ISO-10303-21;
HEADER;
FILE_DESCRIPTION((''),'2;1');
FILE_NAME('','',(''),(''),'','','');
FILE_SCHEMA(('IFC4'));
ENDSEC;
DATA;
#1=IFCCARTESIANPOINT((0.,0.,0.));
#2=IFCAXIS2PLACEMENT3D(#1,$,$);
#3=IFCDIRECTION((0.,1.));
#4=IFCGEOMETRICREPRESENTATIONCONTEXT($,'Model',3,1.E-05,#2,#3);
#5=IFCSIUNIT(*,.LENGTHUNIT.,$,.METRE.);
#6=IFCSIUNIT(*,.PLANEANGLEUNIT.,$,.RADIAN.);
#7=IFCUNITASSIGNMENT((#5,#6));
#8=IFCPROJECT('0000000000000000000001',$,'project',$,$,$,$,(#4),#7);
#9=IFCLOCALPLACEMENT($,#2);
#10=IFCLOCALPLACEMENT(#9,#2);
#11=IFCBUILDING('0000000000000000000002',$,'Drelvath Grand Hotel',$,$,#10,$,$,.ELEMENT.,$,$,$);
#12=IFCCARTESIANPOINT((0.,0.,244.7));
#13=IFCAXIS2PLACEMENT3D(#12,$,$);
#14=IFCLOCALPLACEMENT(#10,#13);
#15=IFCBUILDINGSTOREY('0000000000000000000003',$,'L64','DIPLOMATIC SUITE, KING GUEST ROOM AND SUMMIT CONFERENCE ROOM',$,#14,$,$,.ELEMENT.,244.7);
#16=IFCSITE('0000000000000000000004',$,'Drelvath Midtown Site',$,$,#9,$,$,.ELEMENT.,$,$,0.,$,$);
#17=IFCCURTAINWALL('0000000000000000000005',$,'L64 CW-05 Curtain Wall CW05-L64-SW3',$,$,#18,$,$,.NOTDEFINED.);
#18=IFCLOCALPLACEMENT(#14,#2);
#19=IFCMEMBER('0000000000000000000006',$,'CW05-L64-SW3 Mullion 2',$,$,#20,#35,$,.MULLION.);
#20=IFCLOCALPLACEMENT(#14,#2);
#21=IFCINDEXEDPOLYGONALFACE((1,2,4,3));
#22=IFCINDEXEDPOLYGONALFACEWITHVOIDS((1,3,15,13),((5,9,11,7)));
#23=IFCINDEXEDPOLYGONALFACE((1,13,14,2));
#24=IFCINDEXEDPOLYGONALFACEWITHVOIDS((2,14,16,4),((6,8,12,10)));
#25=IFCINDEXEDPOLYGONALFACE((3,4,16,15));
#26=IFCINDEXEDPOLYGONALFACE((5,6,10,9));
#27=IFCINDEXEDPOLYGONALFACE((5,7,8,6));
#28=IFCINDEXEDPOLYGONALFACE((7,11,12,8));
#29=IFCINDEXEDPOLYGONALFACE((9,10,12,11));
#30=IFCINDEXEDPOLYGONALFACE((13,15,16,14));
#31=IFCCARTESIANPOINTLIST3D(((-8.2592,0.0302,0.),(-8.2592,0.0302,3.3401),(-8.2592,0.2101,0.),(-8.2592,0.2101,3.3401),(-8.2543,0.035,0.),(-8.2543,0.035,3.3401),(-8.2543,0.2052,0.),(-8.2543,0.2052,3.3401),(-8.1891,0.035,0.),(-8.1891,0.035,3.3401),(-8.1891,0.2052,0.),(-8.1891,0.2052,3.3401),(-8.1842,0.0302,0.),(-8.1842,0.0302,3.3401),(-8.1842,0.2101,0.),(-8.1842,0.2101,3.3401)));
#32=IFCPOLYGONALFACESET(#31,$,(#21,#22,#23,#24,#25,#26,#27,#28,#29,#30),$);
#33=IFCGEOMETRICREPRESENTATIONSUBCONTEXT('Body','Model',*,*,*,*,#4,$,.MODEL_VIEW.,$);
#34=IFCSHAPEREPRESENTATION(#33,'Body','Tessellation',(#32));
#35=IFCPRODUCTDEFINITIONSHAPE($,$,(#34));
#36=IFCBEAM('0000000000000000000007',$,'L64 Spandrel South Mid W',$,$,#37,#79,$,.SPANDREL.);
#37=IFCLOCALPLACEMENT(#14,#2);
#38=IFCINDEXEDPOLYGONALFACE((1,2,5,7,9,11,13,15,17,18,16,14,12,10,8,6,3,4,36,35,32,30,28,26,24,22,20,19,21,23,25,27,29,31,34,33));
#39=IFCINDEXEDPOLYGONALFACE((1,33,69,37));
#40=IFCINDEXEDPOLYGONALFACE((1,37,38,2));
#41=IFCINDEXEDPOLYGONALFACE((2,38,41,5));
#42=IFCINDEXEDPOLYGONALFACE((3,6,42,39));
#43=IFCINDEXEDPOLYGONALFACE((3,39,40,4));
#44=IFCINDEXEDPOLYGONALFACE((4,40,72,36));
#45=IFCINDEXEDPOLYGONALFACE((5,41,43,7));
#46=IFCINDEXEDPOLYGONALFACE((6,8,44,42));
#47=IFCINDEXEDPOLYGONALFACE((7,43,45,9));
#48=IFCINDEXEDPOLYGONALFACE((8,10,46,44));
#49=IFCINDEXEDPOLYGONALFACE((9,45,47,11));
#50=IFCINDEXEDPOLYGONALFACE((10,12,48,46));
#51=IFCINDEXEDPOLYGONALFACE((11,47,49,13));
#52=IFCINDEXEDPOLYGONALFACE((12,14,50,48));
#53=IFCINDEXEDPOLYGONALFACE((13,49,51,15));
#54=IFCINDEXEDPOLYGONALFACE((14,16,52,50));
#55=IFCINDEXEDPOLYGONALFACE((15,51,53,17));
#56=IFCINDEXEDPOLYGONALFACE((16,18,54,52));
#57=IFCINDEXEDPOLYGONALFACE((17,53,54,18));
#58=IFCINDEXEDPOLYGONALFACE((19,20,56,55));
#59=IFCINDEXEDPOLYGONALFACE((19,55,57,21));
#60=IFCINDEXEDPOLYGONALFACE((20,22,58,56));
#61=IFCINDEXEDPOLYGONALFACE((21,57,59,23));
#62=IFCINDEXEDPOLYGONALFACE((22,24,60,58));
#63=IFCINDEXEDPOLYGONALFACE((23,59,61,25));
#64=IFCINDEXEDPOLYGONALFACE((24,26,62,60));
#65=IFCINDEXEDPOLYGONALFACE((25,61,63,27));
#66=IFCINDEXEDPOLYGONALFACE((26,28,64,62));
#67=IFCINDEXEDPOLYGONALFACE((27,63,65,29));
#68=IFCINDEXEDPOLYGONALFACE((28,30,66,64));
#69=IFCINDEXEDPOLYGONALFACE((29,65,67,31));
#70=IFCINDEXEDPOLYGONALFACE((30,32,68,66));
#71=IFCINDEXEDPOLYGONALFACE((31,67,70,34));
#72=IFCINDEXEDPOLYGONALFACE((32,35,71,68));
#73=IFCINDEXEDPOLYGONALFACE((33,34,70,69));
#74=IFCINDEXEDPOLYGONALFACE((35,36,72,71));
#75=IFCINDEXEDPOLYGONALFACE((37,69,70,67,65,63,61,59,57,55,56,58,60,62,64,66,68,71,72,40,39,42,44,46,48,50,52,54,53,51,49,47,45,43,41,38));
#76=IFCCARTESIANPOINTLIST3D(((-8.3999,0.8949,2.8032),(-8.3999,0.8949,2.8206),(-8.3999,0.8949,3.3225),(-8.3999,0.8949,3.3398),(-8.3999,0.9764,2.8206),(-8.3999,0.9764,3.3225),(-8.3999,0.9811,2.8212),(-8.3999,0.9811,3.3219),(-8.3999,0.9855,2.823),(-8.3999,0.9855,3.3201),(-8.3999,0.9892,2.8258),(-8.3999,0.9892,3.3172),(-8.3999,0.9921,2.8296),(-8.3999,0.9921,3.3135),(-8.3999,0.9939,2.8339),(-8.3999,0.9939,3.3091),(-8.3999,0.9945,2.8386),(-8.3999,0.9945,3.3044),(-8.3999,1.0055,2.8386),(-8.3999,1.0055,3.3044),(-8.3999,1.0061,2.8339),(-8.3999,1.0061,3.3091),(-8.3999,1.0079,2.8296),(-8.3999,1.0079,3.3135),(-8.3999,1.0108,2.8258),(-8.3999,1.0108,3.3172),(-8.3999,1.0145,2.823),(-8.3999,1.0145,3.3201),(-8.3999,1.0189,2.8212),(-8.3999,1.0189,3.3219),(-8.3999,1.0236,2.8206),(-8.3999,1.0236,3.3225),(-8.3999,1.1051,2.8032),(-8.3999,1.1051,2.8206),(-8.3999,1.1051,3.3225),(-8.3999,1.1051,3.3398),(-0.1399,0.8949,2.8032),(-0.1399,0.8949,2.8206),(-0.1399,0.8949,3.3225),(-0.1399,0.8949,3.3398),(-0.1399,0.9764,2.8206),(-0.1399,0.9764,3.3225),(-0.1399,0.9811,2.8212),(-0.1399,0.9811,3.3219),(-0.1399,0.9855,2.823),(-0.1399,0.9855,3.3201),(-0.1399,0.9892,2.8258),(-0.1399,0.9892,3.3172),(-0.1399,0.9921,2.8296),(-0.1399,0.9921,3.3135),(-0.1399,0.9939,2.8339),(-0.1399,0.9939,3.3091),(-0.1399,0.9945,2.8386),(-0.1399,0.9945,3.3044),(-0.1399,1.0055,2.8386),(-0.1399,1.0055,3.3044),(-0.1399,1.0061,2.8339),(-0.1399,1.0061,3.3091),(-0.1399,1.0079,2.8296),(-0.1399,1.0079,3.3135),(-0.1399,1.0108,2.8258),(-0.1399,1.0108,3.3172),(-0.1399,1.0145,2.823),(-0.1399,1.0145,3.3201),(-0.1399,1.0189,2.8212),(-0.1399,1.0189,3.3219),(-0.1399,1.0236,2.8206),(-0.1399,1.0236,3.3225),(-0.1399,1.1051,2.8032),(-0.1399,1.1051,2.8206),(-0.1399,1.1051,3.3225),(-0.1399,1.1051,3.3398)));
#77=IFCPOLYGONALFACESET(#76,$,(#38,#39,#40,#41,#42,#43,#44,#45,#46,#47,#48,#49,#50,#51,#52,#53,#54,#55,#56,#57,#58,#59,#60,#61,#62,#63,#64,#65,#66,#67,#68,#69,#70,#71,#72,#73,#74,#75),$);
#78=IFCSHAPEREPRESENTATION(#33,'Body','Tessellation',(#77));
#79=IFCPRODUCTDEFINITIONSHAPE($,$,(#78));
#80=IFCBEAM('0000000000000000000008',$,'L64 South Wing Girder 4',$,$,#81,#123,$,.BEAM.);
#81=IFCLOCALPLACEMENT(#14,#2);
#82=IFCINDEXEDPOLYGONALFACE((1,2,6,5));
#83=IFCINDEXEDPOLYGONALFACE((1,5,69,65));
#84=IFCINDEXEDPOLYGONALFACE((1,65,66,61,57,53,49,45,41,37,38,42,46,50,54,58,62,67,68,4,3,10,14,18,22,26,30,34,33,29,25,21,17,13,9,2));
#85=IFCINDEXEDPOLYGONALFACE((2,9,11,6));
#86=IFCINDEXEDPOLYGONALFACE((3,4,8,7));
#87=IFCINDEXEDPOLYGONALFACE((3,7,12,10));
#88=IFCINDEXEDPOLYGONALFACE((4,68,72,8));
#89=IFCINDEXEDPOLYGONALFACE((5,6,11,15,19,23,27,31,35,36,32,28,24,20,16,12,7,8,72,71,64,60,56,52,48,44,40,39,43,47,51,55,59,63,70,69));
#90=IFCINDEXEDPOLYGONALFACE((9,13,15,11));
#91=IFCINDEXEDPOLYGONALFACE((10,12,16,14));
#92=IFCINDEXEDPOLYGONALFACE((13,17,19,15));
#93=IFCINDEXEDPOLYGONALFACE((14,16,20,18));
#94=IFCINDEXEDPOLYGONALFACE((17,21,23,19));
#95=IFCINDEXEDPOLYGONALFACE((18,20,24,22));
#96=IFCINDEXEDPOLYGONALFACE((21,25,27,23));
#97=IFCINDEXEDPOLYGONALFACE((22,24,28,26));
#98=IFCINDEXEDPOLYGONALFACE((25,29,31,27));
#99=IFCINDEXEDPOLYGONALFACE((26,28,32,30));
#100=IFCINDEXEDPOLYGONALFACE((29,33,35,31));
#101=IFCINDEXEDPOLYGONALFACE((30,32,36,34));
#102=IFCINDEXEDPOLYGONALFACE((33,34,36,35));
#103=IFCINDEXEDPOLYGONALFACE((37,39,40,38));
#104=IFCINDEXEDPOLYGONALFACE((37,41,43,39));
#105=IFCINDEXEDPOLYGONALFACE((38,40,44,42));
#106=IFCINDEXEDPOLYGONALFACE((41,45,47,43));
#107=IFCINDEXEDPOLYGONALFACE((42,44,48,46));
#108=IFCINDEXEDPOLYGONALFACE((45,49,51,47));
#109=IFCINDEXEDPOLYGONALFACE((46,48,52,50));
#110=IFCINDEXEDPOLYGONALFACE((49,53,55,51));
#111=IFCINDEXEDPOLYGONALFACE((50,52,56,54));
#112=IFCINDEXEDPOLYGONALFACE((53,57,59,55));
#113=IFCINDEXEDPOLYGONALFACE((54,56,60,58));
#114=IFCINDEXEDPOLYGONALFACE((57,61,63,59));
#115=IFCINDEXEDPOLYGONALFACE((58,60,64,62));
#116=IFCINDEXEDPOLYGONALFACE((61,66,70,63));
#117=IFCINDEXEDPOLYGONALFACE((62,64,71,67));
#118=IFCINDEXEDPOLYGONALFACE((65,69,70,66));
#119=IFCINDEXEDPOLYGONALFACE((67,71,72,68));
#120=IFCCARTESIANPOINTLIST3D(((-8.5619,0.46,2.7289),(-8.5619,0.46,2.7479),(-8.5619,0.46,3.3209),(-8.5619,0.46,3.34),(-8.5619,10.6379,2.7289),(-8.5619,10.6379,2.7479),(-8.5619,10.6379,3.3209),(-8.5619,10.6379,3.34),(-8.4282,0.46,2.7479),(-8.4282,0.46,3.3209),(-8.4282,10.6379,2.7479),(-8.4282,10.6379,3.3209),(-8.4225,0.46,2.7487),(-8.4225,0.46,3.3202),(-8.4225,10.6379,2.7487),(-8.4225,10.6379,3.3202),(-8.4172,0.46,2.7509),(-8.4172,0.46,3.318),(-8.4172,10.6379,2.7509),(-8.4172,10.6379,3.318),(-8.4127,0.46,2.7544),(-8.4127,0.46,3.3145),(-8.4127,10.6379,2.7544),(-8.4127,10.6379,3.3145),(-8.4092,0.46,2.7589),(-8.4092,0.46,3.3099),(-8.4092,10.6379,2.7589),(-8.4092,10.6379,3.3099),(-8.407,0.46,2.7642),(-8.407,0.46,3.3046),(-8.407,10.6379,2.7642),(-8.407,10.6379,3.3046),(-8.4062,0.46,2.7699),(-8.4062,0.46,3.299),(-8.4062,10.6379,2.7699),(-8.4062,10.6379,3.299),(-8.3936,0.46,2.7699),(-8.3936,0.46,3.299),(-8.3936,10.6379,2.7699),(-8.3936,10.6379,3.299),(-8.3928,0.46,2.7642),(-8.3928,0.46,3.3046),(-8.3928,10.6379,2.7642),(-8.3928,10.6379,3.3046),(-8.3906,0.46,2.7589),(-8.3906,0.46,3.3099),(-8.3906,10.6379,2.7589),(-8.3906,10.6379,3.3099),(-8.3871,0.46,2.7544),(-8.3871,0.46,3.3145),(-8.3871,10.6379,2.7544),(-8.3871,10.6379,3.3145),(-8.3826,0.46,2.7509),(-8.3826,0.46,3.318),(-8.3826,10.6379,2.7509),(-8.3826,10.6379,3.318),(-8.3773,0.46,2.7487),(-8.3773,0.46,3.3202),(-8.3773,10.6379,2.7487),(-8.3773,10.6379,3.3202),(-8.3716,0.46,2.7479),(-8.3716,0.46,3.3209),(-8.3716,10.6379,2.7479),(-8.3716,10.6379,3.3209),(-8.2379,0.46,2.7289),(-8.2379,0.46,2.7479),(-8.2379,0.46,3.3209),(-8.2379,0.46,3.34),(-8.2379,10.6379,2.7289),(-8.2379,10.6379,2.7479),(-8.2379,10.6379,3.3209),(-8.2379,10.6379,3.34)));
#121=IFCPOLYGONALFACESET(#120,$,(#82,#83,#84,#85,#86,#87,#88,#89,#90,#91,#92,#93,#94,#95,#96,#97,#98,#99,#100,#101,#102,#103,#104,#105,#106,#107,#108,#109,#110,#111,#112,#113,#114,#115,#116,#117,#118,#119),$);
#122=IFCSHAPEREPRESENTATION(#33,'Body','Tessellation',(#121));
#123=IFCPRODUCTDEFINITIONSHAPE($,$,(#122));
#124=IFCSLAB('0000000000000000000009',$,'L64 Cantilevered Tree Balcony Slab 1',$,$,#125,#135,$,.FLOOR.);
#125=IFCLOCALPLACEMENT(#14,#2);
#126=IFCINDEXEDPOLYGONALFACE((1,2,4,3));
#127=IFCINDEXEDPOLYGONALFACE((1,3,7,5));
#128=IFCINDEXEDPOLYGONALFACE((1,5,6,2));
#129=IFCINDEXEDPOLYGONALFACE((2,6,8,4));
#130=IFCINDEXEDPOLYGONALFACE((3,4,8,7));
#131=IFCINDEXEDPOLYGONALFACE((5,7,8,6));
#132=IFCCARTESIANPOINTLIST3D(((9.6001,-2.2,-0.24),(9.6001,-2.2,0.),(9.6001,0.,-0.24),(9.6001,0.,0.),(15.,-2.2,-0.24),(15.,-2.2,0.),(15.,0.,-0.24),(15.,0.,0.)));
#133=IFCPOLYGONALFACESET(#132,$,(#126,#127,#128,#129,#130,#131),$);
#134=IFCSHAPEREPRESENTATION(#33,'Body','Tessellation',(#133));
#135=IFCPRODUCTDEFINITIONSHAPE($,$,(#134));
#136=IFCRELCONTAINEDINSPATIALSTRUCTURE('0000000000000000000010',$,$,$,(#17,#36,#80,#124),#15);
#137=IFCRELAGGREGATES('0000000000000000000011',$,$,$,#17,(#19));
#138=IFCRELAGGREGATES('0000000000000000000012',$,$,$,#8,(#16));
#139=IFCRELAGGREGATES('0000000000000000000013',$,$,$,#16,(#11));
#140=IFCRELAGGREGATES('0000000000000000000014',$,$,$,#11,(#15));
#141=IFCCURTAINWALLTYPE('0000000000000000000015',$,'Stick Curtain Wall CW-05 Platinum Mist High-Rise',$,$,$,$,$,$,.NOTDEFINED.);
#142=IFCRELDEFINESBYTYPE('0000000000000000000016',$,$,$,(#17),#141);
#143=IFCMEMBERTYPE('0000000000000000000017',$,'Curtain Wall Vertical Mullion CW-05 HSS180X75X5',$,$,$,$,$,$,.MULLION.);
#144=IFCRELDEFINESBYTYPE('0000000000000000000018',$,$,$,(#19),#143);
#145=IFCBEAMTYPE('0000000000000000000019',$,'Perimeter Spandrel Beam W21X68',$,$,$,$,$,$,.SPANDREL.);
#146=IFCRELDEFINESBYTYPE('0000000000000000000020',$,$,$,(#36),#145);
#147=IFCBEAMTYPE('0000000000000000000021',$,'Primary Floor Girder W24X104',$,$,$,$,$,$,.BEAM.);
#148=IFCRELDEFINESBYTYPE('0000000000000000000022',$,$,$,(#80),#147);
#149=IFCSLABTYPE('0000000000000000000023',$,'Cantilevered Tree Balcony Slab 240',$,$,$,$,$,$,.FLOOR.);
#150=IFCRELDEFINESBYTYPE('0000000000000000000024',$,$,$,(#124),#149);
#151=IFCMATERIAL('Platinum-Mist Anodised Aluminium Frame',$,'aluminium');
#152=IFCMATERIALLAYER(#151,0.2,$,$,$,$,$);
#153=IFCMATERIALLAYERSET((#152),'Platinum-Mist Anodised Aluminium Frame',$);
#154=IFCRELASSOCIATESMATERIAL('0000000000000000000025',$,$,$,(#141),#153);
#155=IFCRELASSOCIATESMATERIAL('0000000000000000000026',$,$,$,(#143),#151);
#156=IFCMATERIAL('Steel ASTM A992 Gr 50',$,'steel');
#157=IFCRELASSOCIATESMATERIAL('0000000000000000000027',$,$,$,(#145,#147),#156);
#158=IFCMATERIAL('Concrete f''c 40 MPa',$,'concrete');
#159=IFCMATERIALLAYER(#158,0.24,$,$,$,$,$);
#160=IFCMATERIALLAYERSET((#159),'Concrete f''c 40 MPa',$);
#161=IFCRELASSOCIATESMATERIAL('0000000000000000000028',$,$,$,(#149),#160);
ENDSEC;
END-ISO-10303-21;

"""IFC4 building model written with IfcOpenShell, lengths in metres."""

from ifc_helpers import new_model, si_unit, direction, frame, origin, origin_2d, place, context, subcontext, project, spatial, polyline, hollow_rectangle, i_section, outline, extrude, material, layer, layer_set, material_profile, profile_set, type_object, element, aggregate, save


model = new_model("IFC4")

# Units and contexts
model_context = context("Model", 3, precision=1e-05, world=origin(), true_north=direction((0.0, 1.0)))
body_context = subcontext(model_context, "Body", "Model", "MODEL_VIEW")
ifc_project = project(units=[si_unit("LENGTHUNIT", "METRE"), si_unit("PLANEANGLEUNIT", "RADIAN")], contexts=[model_context])

# Site, building, storey
site_placement = place(None, origin())
site = spatial("IfcSite", under=ifc_project, at=site_placement, Name="Drelvath Midtown Site", CompositionType="ELEMENT", RefElevation=0.0)
building_placement = place(site_placement, origin())
building = spatial("IfcBuilding", under=site, at=building_placement, Name="Drelvath Grand Hotel", CompositionType="ELEMENT")
storey_placement = place(building_placement, frame((0.0, 0.0, 244.7)))
storey = spatial("IfcBuildingStorey", under=building, at=storey_placement, Name="L64", Description="DIPLOMATIC SUITE, KING GUEST ROOM AND SUMMIT CONFERENCE ROOM", CompositionType="ELEMENT", Elevation=244.7)

# Curtain wall
ifc_material_1 = material(Name="Platinum-Mist Anodised Aluminium Frame", Category="aluminium")
ifc_layer_1 = layer(ifc_material_1, 0.2)
ifc_layer_set_1 = layer_set([ifc_layer_1], Name="Platinum-Mist Anodised Aluminium Frame")
curtain_wall_type = type_object("IfcCurtainWallType", Name="Stick Curtain Wall CW-05 Platinum Mist High-Rise", PredefinedType="NOTDEFINED", material=ifc_layer_set_1)
curtain_wall_1_placement = place(storey_placement, origin())
curtain_wall_1 = element("IfcCurtainWall", 1, at=curtain_wall_1_placement, inside=storey, type_object=curtain_wall_type, Name="L64 CW-05 Curtain Wall CW05-L64-SW3", PredefinedType="NOTDEFINED")

# Member
ifc_material_profile_1 = material_profile(ifc_material_1, hollow_rectangle(XDim=0.075, YDim=0.1799, WallThickness=0.0049, at=origin_2d()), Name="HSS180X75X5")
ifc_profile_set_1 = profile_set([ifc_material_profile_1], Name="Platinum-Mist Anodised Aluminium Frame")
member_type_1 = type_object("IfcMemberType", Name="Curtain Wall Vertical Mullion CW-05 HSS180X75X5", PredefinedType="MULLION", material=ifc_profile_set_1)
member_1_placement = place(storey_placement, frame((-8.2217, 0.1201, 0.0), z_axis=(0.0, 0.0, 1.0), x_axis=(1.0, 0.0, 0.0)))
member_1 = element("IfcMember", 2, at=member_1_placement, type_object=member_type_1, Name="CW05-L64-SW3 Mullion 2", PredefinedType="MULLION", context=body_context, shape_type="SweptSolid", body=[
    extrude(hollow_rectangle(XDim=0.075, YDim=0.1799, WallThickness=0.0049, at=origin_2d()), origin(), (0.0, 0.0, 1.0), 3.3401),
])

# Beams
ifc_material_2 = material(Name="Steel ASTM A992 Gr 50", Category="steel")
ifc_material_profile_2 = material_profile(ifc_material_2, i_section(OverallWidth=0.2102, OverallDepth=0.5366, WebThickness=0.011, FlangeThickness=0.0173, FilletRadius=0.0181, at=origin_2d()), Name="W21X68")
ifc_profile_set_2 = profile_set([ifc_material_profile_2], Name="Steel ASTM A992 Gr 50")
beam_type_1 = type_object("IfcBeamType", Name="Perimeter Spandrel Beam W21X68", PredefinedType="SPANDREL", material=ifc_profile_set_2)
beam_1_placement = place(storey_placement, frame((-8.3999, 1.0, 3.0715), z_axis=(1.0, 0.0, 0.0), x_axis=(0.0, 1.0, 0.0)))
element("IfcBeam", 3, at=beam_1_placement, inside=storey, type_object=beam_type_1, Name="L64 Spandrel South Mid W", PredefinedType="SPANDREL", context=body_context, shape_type="SweptSolid", body=[
    extrude(i_section(OverallWidth=0.2102, OverallDepth=0.5366, WebThickness=0.011, FlangeThickness=0.0173, FilletRadius=0.0181, at=origin_2d()), origin(), (0.0, 0.0, 1.0), 8.26),
])
ifc_material_profile_3 = material_profile(ifc_material_2, i_section(OverallWidth=0.324, OverallDepth=0.6111, WebThickness=0.0127, FlangeThickness=0.019, FilletRadius=0.022, at=origin_2d()), Name="W24X104")
ifc_profile_set_3 = profile_set([ifc_material_profile_3], Name="Steel ASTM A992 Gr 50")
beam_type_2 = type_object("IfcBeamType", Name="Primary Floor Girder W24X104", PredefinedType="BEAM", material=ifc_profile_set_3)
beam_2_placement = place(storey_placement, frame((-8.3999, 0.46, 3.0344), z_axis=(0.0, 1.0, 0.0), x_axis=(-1.0, 0.0, 0.0)))
element("IfcBeam", 4, at=beam_2_placement, inside=storey, type_object=beam_type_2, Name="L64 South Wing Girder 4", PredefinedType="BEAM", context=body_context, shape_type="SweptSolid", body=[
    extrude(i_section(OverallWidth=0.324, OverallDepth=0.6111, WebThickness=0.0127, FlangeThickness=0.019, FilletRadius=0.022, at=origin_2d()), origin(), (0.0, 0.0, 1.0), 10.178),
])

# Slab
ifc_material_3 = material(Name="Concrete f'c 40 MPa", Category="concrete")
ifc_layer_2 = layer(ifc_material_3, 0.24)
ifc_layer_set_2 = layer_set([ifc_layer_2], Name="Concrete f'c 40 MPa")
slab_type_1 = type_object("IfcSlabType", Name="Cantilevered Tree Balcony Slab 240", PredefinedType="FLOOR", material=ifc_layer_set_2)
slab_1_placement = place(storey_placement, frame((0.0, 0.0, -0.24)))
element("IfcSlab", 5, at=slab_1_placement, inside=storey, type_object=slab_type_1, Name="L64 Cantilevered Tree Balcony Slab 1", PredefinedType="FLOOR", context=body_context, shape_type="SweptSolid", body=[
    extrude(outline(polyline([(9.6001, -2.2), (15.0, -2.2), (15.0, 0.0), (9.6001, 0.0), (9.6001, -2.2)])), origin(), (0.0, 0.0, 1.0), 0.24),
])

aggregate(curtain_wall_1, [member_1])

save(model, "model.ifc")
